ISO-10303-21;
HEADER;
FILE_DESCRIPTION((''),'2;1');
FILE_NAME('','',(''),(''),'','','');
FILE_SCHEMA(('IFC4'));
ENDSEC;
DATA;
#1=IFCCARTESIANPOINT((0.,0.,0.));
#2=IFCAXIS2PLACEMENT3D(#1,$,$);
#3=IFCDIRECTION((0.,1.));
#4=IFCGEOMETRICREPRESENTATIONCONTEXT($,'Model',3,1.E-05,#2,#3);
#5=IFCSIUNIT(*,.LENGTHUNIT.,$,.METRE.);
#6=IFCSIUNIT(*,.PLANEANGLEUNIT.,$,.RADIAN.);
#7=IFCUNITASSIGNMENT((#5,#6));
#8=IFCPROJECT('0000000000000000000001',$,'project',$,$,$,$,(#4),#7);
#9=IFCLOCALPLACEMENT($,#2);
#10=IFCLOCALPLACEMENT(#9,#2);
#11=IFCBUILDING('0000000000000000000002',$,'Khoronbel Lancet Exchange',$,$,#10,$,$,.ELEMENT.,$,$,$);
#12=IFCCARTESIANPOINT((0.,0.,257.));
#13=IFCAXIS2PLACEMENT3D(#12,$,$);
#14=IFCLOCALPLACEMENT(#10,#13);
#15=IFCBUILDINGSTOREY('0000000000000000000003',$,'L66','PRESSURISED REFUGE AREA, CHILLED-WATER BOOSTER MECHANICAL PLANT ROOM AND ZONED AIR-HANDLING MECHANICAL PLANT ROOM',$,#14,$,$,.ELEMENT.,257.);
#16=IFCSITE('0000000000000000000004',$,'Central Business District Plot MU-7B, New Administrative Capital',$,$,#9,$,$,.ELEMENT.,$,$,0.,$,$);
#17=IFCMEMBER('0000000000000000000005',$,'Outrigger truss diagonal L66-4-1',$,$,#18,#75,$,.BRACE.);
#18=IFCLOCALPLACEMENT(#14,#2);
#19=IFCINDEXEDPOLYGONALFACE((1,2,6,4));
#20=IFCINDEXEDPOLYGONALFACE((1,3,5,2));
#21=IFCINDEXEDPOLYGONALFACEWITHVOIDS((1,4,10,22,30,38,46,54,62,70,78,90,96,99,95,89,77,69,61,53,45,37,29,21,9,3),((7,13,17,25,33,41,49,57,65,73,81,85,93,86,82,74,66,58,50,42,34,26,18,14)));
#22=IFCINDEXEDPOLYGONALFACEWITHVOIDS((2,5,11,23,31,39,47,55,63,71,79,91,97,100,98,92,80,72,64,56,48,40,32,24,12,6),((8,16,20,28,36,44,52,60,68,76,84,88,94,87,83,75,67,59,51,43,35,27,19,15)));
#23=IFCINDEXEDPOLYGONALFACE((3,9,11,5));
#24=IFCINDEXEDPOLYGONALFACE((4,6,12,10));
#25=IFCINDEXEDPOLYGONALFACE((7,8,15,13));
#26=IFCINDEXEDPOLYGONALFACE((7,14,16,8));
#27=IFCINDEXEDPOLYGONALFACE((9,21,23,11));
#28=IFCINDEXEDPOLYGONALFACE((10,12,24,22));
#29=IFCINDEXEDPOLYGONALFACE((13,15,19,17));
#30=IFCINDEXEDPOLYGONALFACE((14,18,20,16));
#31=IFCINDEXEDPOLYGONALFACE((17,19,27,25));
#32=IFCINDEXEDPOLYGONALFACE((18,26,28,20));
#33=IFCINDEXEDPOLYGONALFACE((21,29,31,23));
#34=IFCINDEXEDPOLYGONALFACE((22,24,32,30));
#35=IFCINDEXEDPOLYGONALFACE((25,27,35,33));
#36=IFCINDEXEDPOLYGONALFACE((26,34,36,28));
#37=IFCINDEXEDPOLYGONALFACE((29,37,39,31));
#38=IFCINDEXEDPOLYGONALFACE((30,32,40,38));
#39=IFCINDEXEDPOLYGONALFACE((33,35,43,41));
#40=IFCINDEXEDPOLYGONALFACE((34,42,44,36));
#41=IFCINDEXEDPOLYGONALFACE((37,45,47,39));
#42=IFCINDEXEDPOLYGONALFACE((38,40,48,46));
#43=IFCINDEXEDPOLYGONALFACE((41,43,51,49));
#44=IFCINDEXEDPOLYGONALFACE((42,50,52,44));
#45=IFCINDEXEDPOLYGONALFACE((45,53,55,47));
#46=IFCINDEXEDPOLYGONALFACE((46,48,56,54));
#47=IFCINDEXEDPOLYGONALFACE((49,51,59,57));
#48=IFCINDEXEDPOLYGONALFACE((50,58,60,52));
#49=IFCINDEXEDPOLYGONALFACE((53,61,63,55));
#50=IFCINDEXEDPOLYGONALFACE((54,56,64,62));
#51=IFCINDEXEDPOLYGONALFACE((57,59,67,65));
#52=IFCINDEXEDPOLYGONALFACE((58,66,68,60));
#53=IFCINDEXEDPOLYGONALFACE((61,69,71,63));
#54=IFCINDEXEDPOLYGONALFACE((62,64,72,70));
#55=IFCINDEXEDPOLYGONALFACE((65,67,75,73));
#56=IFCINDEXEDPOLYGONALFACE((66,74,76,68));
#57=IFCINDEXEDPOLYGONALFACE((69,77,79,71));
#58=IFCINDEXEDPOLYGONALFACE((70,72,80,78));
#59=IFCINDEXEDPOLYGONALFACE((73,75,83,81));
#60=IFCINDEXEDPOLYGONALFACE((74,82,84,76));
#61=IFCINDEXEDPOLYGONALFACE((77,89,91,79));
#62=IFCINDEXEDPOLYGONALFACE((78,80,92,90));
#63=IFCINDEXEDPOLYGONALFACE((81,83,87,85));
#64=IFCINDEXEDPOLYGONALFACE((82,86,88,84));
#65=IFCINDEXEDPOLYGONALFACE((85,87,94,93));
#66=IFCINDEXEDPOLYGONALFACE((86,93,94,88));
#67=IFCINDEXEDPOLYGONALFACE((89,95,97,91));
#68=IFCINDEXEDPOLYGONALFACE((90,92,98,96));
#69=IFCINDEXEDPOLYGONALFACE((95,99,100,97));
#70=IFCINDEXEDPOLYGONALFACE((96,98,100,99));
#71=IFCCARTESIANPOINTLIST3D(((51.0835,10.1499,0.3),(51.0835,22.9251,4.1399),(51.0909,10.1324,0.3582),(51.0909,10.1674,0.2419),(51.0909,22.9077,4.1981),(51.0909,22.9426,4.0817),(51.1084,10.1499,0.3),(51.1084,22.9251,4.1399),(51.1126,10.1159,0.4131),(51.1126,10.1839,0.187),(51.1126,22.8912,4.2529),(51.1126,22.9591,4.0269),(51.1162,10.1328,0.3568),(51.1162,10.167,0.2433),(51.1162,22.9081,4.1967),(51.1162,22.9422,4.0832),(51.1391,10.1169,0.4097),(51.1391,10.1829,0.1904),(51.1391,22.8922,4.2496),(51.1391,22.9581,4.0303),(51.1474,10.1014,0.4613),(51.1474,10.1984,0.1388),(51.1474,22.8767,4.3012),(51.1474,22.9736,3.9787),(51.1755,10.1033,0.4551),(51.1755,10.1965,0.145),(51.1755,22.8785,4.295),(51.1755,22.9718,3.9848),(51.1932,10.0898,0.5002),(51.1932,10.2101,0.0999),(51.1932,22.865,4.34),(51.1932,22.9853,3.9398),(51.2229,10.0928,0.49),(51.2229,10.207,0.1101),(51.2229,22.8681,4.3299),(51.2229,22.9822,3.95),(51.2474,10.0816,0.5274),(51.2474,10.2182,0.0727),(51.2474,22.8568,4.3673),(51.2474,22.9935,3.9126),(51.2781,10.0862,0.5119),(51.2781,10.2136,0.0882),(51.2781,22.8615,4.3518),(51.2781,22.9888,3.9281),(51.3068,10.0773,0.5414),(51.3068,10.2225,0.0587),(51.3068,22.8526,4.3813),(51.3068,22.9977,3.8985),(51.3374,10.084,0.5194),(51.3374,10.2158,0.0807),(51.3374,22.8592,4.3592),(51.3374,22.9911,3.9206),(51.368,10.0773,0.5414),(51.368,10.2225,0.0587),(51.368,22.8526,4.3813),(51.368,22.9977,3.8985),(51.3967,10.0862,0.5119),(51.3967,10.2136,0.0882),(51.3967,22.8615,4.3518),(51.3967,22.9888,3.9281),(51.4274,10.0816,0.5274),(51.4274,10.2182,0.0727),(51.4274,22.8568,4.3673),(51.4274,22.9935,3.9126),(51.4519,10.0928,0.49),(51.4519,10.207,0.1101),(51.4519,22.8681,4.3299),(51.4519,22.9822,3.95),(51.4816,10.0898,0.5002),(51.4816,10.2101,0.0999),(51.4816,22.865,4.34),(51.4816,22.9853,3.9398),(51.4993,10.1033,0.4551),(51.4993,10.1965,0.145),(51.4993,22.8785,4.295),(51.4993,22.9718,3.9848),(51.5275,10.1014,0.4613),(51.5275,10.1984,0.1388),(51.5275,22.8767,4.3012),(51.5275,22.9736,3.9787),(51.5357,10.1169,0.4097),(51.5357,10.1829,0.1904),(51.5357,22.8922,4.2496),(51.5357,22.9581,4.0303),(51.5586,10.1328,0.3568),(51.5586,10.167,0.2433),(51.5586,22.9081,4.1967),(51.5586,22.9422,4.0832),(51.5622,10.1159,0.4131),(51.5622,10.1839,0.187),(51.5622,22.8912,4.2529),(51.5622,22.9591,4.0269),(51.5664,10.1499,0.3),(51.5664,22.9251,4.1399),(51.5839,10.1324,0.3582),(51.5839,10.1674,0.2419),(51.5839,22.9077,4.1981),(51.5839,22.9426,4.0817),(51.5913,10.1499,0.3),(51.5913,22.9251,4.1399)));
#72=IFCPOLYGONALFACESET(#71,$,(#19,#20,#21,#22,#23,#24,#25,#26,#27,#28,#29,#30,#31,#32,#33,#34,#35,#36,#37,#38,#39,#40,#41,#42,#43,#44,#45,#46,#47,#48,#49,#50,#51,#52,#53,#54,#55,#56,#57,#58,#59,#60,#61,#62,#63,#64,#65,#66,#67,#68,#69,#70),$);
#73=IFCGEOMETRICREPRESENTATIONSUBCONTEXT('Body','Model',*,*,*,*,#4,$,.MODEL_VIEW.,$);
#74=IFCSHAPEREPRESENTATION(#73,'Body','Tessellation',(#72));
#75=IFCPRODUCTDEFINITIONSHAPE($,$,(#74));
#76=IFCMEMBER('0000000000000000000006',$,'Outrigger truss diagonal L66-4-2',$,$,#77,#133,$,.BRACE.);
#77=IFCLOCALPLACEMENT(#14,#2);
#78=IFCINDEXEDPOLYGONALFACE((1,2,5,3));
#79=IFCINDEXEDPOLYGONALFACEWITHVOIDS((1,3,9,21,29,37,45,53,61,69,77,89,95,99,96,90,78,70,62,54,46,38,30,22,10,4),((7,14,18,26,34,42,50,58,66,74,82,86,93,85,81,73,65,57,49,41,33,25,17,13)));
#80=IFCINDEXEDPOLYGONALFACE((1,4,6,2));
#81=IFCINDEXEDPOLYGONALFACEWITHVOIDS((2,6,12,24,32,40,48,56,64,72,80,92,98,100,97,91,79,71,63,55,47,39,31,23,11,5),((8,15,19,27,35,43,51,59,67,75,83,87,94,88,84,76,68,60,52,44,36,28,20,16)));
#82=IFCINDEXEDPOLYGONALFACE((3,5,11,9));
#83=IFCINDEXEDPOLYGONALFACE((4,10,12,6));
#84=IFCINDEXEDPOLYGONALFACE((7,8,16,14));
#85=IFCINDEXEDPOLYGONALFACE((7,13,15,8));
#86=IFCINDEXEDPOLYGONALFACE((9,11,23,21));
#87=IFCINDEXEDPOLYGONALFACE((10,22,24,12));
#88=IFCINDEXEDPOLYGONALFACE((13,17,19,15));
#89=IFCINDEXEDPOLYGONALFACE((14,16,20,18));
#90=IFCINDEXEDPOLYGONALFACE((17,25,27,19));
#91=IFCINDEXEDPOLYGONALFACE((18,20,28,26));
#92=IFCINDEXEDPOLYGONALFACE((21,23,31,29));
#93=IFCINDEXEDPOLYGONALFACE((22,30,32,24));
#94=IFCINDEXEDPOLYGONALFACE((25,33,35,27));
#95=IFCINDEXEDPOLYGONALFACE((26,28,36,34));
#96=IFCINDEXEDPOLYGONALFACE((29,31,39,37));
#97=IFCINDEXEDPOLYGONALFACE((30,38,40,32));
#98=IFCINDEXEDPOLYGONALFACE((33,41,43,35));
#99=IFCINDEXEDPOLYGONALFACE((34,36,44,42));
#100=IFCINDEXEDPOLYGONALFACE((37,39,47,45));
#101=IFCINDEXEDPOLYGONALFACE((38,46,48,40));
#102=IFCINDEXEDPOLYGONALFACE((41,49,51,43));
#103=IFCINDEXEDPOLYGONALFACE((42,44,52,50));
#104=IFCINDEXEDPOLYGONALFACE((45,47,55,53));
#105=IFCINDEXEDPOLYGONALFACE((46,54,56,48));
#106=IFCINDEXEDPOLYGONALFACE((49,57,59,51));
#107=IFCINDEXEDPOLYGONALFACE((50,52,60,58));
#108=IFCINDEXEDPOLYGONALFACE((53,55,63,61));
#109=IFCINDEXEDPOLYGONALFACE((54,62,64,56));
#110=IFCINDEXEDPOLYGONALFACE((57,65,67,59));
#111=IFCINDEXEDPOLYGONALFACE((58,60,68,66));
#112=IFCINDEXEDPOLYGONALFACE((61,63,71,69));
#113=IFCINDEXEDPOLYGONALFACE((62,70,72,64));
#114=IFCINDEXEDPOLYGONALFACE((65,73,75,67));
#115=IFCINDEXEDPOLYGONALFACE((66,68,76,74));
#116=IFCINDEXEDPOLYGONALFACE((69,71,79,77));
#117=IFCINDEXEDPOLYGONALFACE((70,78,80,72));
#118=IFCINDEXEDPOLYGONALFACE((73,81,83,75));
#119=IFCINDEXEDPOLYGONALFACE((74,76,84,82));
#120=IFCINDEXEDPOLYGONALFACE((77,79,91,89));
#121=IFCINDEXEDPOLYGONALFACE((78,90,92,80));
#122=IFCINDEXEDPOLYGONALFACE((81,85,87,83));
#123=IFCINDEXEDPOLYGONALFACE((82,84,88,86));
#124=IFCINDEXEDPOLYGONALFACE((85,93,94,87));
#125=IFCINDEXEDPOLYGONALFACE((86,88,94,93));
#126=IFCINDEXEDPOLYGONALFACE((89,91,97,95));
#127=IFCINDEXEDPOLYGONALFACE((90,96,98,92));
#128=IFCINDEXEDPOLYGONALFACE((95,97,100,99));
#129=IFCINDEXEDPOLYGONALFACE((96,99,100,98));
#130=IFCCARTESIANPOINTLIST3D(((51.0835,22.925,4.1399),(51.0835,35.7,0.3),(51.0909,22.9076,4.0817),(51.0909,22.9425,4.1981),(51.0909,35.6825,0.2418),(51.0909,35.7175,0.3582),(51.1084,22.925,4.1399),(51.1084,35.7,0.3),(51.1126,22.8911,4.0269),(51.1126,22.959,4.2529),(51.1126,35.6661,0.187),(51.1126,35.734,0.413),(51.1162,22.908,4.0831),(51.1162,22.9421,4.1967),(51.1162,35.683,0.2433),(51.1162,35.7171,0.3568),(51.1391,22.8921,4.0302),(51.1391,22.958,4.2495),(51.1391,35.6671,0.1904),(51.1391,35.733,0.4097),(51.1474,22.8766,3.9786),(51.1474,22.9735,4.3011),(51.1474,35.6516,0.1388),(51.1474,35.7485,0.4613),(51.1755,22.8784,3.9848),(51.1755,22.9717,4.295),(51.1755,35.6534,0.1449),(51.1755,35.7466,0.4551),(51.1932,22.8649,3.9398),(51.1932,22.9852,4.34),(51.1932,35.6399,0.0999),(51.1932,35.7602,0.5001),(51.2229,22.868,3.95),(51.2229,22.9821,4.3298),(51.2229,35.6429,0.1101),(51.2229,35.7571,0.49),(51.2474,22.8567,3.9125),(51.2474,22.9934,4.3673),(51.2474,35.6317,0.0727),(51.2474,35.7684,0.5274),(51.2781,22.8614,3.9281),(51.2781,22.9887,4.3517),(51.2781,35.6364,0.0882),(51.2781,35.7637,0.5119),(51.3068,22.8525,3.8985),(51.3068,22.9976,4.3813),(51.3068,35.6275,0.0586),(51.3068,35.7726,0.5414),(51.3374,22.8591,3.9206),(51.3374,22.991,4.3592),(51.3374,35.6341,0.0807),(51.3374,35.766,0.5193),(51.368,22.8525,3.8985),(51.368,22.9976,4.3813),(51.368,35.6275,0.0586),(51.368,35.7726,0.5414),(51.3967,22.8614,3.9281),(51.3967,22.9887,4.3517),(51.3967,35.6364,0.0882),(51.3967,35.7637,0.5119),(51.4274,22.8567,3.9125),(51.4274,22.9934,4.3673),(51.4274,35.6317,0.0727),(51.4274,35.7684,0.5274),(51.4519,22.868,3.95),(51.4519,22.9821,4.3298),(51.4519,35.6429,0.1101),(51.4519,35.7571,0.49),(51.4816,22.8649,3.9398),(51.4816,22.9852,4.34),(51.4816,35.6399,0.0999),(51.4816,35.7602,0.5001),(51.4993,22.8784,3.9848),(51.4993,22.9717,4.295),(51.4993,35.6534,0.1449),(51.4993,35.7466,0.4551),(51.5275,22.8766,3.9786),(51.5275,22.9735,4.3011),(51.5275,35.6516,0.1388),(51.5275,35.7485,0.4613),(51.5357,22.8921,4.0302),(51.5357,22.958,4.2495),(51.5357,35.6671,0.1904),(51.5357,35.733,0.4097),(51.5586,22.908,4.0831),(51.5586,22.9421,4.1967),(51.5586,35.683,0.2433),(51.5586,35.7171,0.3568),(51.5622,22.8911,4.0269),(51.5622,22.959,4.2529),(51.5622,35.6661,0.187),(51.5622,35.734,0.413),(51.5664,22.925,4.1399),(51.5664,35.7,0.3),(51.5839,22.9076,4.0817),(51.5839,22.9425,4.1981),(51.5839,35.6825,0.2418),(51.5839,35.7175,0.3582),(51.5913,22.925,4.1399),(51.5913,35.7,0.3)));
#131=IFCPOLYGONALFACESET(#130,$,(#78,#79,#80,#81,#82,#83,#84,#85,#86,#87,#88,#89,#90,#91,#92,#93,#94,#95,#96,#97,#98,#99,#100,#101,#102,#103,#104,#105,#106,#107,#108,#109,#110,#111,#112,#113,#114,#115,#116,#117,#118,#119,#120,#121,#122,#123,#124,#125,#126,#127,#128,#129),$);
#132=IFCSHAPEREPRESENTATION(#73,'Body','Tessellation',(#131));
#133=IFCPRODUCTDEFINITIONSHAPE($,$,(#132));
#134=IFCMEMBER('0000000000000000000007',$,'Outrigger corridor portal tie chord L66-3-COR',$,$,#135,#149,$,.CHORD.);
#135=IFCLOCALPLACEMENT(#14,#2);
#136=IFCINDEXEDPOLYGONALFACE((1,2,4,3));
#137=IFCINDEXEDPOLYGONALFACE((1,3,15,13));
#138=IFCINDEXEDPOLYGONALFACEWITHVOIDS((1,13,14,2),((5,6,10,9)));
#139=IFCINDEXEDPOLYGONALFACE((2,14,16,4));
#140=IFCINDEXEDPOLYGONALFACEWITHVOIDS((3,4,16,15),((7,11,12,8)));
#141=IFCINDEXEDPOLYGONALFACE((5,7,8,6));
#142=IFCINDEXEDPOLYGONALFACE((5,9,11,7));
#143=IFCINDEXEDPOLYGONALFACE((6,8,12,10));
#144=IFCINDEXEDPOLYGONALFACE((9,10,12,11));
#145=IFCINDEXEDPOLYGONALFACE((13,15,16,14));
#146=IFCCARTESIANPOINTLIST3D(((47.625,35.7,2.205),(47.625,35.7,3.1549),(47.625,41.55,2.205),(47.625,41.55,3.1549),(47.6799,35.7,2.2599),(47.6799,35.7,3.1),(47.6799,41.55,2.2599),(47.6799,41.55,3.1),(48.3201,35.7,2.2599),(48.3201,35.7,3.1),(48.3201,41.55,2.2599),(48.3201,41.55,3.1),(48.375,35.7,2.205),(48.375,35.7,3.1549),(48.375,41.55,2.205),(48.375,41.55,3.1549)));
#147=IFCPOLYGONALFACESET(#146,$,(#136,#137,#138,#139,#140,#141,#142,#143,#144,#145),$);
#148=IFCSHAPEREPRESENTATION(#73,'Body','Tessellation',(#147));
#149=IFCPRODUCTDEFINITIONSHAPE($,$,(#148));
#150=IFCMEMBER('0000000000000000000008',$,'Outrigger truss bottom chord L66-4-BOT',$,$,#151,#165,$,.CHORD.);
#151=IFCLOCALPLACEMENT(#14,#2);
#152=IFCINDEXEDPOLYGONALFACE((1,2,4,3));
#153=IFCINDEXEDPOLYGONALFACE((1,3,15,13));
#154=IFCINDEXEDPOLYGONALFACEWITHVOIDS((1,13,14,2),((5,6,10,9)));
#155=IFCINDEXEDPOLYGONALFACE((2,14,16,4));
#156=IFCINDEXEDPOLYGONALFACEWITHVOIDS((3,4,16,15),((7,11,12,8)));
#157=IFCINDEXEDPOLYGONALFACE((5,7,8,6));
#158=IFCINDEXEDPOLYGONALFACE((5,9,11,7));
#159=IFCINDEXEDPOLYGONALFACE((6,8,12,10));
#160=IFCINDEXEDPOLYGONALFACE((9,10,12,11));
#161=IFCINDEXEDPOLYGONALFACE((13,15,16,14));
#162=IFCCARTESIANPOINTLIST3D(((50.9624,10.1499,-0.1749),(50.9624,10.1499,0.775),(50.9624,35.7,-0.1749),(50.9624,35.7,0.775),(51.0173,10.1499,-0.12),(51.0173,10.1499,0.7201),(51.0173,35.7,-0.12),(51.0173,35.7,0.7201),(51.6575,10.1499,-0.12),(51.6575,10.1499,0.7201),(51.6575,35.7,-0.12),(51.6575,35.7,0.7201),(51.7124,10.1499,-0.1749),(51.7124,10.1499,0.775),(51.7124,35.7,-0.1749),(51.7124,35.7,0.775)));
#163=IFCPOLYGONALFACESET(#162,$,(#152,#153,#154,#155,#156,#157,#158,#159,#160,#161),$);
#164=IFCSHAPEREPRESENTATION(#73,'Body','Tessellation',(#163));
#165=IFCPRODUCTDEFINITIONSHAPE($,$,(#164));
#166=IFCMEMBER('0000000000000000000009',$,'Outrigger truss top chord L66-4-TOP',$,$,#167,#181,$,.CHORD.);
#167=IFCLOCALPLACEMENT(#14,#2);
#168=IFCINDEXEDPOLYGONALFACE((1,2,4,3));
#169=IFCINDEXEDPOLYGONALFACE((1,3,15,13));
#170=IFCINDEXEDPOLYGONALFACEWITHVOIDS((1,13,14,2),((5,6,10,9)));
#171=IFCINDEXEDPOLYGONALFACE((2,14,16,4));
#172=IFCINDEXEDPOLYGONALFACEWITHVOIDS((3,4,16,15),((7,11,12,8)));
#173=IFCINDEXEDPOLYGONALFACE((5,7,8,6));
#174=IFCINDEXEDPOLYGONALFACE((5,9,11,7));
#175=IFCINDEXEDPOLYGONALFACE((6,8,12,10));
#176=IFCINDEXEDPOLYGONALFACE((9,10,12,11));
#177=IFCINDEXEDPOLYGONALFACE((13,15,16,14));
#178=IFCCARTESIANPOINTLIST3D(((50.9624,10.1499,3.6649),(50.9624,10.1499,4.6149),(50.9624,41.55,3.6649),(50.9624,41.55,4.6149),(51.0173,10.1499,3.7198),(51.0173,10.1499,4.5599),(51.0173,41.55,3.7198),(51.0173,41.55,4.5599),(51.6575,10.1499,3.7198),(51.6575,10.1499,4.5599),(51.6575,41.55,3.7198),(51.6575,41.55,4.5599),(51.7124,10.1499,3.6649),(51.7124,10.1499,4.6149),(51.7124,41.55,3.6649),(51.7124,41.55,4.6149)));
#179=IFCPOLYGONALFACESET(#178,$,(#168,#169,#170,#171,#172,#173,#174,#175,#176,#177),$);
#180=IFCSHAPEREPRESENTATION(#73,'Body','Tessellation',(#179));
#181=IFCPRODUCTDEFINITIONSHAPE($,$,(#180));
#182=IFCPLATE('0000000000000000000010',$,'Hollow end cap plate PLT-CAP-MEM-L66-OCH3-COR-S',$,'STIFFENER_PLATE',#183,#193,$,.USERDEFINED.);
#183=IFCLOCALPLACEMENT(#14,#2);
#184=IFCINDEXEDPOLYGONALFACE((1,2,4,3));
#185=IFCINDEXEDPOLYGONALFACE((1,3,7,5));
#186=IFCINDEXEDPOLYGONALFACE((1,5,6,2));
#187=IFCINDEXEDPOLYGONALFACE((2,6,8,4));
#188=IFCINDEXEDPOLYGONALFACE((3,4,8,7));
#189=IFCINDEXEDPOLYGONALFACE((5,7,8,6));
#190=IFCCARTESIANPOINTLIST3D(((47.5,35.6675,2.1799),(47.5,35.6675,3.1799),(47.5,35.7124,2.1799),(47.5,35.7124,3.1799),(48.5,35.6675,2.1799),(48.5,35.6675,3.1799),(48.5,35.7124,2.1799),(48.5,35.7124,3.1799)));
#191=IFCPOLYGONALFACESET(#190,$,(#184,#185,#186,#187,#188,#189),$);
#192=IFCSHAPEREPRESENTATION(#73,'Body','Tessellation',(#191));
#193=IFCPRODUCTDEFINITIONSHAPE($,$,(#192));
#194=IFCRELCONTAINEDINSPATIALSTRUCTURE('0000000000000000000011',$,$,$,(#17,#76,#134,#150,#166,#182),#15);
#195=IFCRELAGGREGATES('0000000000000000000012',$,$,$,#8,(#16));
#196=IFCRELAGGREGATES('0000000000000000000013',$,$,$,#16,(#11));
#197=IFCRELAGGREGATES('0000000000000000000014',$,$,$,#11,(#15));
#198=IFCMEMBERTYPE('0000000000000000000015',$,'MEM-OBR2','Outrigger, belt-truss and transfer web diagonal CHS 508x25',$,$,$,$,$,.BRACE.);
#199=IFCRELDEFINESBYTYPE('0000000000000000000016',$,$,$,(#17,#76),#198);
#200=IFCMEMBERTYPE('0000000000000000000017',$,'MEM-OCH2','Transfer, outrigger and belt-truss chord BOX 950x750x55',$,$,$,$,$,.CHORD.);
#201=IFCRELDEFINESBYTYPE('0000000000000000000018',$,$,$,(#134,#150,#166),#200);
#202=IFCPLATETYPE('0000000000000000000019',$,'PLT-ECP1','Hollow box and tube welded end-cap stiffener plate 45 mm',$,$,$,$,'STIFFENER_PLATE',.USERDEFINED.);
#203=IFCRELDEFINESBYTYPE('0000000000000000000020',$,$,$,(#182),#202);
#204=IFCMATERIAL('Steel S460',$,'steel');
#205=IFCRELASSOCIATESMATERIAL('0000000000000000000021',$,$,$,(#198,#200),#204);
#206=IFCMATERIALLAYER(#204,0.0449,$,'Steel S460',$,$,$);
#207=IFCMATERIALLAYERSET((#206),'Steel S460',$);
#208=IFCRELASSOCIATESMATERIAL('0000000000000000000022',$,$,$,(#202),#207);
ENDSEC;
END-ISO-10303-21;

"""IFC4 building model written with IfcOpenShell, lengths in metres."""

from ifc_helpers import new_model, si_unit, direction, frame, origin, origin_2d, place, context, subcontext, project, spatial, rectangle, hollow_rectangle, hollow_circle, extrude, material, layer, layer_set, material_profile, profile_set, type_object, element, save


model = new_model("IFC4")

# Units and contexts
model_context = context("Model", 3, precision=1e-05, world=origin(), true_north=direction((0.0, 1.0)))
body_context = subcontext(model_context, "Body", "Model", "MODEL_VIEW")
ifc_project = project(units=[si_unit("LENGTHUNIT", "METRE"), si_unit("PLANEANGLEUNIT", "RADIAN")], contexts=[model_context])

# Site, building, storey
site_placement = place(None, origin())
site = spatial("IfcSite", under=ifc_project, at=site_placement, Name="Central Business District Plot MU-7B, New Administrative Capital", CompositionType="ELEMENT", RefElevation=0.0)
building_placement = place(site_placement, origin())
building = spatial("IfcBuilding", under=site, at=building_placement, Name="Khoronbel Lancet Exchange", CompositionType="ELEMENT")
storey_placement = place(building_placement, frame((0.0, 0.0, 257.0)))
storey = spatial("IfcBuildingStorey", under=building, at=storey_placement, Name="L66", Description="PRESSURISED REFUGE AREA, CHILLED-WATER BOOSTER MECHANICAL PLANT ROOM AND ZONED AIR-HANDLING MECHANICAL PLANT ROOM", CompositionType="ELEMENT", Elevation=257.0)

# Members
ifc_material_1 = material(Name="Steel S460", Category="steel")
ifc_material_profile_1 = material_profile(ifc_material_1, hollow_circle(Radius=0.2539, WallThickness=0.0249, at=origin_2d()), Name="CHS 508x25")
ifc_profile_set_1 = profile_set([ifc_material_profile_1], Name="Steel S460")
member_type_1 = type_object("IfcMemberType", Name="MEM-OBR2", Description="Outrigger, belt-truss and transfer web diagonal CHS 508x25", PredefinedType="BRACE", material=ifc_profile_set_1)
member_1_placement = place(storey_placement, frame((51.3374, 10.1499, 0.3), z_axis=(0.0, 0.957676, 0.28785), x_axis=(-1.0, 0.0, 0.0)))
element("IfcMember", 1, at=member_1_placement, inside=storey, type_object=member_type_1, Name="Outrigger truss diagonal L66-4-1", PredefinedType="BRACE", context=body_context, shape_type="SweptSolid", body=[
    extrude(hollow_circle(Radius=0.2539, WallThickness=0.0249, at=origin_2d()), origin(), (0.0, 0.0, 1.0), 13.3398),
])
member_2_placement = place(storey_placement, frame((51.3374, 22.925, 4.1399), z_axis=(0.0, 0.957674, -0.287855), x_axis=(-1.0, 0.0, 0.0)))
element("IfcMember", 2, at=member_2_placement, inside=storey, type_object=member_type_1, Name="Outrigger truss diagonal L66-4-2", PredefinedType="BRACE", context=body_context, shape_type="SweptSolid", body=[
    extrude(hollow_circle(Radius=0.2539, WallThickness=0.0249, at=origin_2d()), origin(), (0.0, 0.0, 1.0), 13.3396),
])
ifc_material_profile_2 = material_profile(ifc_material_1, hollow_rectangle(XDim=0.75, YDim=0.95, WallThickness=0.0549, at=origin_2d()), Name="BOX 950x750x55")
ifc_profile_set_2 = profile_set([ifc_material_profile_2], Name="Steel S460")
member_type_2 = type_object("IfcMemberType", Name="MEM-OCH2", Description="Transfer, outrigger and belt-truss chord BOX 950x750x55", PredefinedType="CHORD", material=ifc_profile_set_2)
member_3_placement = place(storey_placement, frame((48.0, 35.7, 2.6799), z_axis=(0.0, 1.0, 0.0), x_axis=(-1.0, 0.0, 0.0)))
element("IfcMember", 3, at=member_3_placement, inside=storey, type_object=member_type_2, Name="Outrigger corridor portal tie chord L66-3-COR", PredefinedType="CHORD", context=body_context, shape_type="SweptSolid", body=[
    extrude(hollow_rectangle(XDim=0.75, YDim=0.95, WallThickness=0.0549, at=origin_2d()), origin(), (0.0, 0.0, 1.0), 5.8501),
])
member_4_placement = place(storey_placement, frame((51.3374, 10.1499, 0.3), z_axis=(0.0, 1.0, 0.0), x_axis=(-1.0, 0.0, 0.0)))
element("IfcMember", 4, at=member_4_placement, inside=storey, type_object=member_type_2, Name="Outrigger truss bottom chord L66-4-BOT", PredefinedType="CHORD", context=body_context, shape_type="SweptSolid", body=[
    extrude(hollow_rectangle(XDim=0.75, YDim=0.95, WallThickness=0.0549, at=origin_2d()), origin(), (0.0, 0.0, 1.0), 25.55),
])
member_5_placement = place(storey_placement, frame((51.3374, 10.1499, 4.1399), z_axis=(0.0, 1.0, 0.0), x_axis=(-1.0, 0.0, 0.0)))
element("IfcMember", 5, at=member_5_placement, inside=storey, type_object=member_type_2, Name="Outrigger truss top chord L66-4-TOP", PredefinedType="CHORD", context=body_context, shape_type="SweptSolid", body=[
    extrude(hollow_rectangle(XDim=0.75, YDim=0.95, WallThickness=0.0549, at=origin_2d()), origin(), (0.0, 0.0, 1.0), 31.4001),
])

# Plate
ifc_layer_1 = layer(ifc_material_1, 0.0449, Name="Steel S460")
ifc_layer_set_1 = layer_set([ifc_layer_1], Name="Steel S460")
plate_type_1 = type_object("IfcPlateType", Name="PLT-ECP1", Description="Hollow box and tube welded end-cap stiffener plate 45 mm", ElementType="STIFFENER_PLATE", PredefinedType="USERDEFINED", material=ifc_layer_set_1)
plate_1_placement = place(storey_placement, frame((48.0, 35.6899, 2.1799), z_axis=(0.0, 0.0, 1.0), x_axis=(0.0, -1.0, 0.0)))
element("IfcPlate", 6, at=plate_1_placement, inside=storey, type_object=plate_type_1, Name="Hollow end cap plate PLT-CAP-MEM-L66-OCH3-COR-S", ObjectType="STIFFENER_PLATE", PredefinedType="USERDEFINED", context=body_context, shape_type="SweptSolid", body=[
    extrude(rectangle(XDim=0.0449, YDim=1.0, at=origin_2d()), origin(), (0.0, 0.0, 1.0), 1.0),
])

save(model, "model.ifc")
